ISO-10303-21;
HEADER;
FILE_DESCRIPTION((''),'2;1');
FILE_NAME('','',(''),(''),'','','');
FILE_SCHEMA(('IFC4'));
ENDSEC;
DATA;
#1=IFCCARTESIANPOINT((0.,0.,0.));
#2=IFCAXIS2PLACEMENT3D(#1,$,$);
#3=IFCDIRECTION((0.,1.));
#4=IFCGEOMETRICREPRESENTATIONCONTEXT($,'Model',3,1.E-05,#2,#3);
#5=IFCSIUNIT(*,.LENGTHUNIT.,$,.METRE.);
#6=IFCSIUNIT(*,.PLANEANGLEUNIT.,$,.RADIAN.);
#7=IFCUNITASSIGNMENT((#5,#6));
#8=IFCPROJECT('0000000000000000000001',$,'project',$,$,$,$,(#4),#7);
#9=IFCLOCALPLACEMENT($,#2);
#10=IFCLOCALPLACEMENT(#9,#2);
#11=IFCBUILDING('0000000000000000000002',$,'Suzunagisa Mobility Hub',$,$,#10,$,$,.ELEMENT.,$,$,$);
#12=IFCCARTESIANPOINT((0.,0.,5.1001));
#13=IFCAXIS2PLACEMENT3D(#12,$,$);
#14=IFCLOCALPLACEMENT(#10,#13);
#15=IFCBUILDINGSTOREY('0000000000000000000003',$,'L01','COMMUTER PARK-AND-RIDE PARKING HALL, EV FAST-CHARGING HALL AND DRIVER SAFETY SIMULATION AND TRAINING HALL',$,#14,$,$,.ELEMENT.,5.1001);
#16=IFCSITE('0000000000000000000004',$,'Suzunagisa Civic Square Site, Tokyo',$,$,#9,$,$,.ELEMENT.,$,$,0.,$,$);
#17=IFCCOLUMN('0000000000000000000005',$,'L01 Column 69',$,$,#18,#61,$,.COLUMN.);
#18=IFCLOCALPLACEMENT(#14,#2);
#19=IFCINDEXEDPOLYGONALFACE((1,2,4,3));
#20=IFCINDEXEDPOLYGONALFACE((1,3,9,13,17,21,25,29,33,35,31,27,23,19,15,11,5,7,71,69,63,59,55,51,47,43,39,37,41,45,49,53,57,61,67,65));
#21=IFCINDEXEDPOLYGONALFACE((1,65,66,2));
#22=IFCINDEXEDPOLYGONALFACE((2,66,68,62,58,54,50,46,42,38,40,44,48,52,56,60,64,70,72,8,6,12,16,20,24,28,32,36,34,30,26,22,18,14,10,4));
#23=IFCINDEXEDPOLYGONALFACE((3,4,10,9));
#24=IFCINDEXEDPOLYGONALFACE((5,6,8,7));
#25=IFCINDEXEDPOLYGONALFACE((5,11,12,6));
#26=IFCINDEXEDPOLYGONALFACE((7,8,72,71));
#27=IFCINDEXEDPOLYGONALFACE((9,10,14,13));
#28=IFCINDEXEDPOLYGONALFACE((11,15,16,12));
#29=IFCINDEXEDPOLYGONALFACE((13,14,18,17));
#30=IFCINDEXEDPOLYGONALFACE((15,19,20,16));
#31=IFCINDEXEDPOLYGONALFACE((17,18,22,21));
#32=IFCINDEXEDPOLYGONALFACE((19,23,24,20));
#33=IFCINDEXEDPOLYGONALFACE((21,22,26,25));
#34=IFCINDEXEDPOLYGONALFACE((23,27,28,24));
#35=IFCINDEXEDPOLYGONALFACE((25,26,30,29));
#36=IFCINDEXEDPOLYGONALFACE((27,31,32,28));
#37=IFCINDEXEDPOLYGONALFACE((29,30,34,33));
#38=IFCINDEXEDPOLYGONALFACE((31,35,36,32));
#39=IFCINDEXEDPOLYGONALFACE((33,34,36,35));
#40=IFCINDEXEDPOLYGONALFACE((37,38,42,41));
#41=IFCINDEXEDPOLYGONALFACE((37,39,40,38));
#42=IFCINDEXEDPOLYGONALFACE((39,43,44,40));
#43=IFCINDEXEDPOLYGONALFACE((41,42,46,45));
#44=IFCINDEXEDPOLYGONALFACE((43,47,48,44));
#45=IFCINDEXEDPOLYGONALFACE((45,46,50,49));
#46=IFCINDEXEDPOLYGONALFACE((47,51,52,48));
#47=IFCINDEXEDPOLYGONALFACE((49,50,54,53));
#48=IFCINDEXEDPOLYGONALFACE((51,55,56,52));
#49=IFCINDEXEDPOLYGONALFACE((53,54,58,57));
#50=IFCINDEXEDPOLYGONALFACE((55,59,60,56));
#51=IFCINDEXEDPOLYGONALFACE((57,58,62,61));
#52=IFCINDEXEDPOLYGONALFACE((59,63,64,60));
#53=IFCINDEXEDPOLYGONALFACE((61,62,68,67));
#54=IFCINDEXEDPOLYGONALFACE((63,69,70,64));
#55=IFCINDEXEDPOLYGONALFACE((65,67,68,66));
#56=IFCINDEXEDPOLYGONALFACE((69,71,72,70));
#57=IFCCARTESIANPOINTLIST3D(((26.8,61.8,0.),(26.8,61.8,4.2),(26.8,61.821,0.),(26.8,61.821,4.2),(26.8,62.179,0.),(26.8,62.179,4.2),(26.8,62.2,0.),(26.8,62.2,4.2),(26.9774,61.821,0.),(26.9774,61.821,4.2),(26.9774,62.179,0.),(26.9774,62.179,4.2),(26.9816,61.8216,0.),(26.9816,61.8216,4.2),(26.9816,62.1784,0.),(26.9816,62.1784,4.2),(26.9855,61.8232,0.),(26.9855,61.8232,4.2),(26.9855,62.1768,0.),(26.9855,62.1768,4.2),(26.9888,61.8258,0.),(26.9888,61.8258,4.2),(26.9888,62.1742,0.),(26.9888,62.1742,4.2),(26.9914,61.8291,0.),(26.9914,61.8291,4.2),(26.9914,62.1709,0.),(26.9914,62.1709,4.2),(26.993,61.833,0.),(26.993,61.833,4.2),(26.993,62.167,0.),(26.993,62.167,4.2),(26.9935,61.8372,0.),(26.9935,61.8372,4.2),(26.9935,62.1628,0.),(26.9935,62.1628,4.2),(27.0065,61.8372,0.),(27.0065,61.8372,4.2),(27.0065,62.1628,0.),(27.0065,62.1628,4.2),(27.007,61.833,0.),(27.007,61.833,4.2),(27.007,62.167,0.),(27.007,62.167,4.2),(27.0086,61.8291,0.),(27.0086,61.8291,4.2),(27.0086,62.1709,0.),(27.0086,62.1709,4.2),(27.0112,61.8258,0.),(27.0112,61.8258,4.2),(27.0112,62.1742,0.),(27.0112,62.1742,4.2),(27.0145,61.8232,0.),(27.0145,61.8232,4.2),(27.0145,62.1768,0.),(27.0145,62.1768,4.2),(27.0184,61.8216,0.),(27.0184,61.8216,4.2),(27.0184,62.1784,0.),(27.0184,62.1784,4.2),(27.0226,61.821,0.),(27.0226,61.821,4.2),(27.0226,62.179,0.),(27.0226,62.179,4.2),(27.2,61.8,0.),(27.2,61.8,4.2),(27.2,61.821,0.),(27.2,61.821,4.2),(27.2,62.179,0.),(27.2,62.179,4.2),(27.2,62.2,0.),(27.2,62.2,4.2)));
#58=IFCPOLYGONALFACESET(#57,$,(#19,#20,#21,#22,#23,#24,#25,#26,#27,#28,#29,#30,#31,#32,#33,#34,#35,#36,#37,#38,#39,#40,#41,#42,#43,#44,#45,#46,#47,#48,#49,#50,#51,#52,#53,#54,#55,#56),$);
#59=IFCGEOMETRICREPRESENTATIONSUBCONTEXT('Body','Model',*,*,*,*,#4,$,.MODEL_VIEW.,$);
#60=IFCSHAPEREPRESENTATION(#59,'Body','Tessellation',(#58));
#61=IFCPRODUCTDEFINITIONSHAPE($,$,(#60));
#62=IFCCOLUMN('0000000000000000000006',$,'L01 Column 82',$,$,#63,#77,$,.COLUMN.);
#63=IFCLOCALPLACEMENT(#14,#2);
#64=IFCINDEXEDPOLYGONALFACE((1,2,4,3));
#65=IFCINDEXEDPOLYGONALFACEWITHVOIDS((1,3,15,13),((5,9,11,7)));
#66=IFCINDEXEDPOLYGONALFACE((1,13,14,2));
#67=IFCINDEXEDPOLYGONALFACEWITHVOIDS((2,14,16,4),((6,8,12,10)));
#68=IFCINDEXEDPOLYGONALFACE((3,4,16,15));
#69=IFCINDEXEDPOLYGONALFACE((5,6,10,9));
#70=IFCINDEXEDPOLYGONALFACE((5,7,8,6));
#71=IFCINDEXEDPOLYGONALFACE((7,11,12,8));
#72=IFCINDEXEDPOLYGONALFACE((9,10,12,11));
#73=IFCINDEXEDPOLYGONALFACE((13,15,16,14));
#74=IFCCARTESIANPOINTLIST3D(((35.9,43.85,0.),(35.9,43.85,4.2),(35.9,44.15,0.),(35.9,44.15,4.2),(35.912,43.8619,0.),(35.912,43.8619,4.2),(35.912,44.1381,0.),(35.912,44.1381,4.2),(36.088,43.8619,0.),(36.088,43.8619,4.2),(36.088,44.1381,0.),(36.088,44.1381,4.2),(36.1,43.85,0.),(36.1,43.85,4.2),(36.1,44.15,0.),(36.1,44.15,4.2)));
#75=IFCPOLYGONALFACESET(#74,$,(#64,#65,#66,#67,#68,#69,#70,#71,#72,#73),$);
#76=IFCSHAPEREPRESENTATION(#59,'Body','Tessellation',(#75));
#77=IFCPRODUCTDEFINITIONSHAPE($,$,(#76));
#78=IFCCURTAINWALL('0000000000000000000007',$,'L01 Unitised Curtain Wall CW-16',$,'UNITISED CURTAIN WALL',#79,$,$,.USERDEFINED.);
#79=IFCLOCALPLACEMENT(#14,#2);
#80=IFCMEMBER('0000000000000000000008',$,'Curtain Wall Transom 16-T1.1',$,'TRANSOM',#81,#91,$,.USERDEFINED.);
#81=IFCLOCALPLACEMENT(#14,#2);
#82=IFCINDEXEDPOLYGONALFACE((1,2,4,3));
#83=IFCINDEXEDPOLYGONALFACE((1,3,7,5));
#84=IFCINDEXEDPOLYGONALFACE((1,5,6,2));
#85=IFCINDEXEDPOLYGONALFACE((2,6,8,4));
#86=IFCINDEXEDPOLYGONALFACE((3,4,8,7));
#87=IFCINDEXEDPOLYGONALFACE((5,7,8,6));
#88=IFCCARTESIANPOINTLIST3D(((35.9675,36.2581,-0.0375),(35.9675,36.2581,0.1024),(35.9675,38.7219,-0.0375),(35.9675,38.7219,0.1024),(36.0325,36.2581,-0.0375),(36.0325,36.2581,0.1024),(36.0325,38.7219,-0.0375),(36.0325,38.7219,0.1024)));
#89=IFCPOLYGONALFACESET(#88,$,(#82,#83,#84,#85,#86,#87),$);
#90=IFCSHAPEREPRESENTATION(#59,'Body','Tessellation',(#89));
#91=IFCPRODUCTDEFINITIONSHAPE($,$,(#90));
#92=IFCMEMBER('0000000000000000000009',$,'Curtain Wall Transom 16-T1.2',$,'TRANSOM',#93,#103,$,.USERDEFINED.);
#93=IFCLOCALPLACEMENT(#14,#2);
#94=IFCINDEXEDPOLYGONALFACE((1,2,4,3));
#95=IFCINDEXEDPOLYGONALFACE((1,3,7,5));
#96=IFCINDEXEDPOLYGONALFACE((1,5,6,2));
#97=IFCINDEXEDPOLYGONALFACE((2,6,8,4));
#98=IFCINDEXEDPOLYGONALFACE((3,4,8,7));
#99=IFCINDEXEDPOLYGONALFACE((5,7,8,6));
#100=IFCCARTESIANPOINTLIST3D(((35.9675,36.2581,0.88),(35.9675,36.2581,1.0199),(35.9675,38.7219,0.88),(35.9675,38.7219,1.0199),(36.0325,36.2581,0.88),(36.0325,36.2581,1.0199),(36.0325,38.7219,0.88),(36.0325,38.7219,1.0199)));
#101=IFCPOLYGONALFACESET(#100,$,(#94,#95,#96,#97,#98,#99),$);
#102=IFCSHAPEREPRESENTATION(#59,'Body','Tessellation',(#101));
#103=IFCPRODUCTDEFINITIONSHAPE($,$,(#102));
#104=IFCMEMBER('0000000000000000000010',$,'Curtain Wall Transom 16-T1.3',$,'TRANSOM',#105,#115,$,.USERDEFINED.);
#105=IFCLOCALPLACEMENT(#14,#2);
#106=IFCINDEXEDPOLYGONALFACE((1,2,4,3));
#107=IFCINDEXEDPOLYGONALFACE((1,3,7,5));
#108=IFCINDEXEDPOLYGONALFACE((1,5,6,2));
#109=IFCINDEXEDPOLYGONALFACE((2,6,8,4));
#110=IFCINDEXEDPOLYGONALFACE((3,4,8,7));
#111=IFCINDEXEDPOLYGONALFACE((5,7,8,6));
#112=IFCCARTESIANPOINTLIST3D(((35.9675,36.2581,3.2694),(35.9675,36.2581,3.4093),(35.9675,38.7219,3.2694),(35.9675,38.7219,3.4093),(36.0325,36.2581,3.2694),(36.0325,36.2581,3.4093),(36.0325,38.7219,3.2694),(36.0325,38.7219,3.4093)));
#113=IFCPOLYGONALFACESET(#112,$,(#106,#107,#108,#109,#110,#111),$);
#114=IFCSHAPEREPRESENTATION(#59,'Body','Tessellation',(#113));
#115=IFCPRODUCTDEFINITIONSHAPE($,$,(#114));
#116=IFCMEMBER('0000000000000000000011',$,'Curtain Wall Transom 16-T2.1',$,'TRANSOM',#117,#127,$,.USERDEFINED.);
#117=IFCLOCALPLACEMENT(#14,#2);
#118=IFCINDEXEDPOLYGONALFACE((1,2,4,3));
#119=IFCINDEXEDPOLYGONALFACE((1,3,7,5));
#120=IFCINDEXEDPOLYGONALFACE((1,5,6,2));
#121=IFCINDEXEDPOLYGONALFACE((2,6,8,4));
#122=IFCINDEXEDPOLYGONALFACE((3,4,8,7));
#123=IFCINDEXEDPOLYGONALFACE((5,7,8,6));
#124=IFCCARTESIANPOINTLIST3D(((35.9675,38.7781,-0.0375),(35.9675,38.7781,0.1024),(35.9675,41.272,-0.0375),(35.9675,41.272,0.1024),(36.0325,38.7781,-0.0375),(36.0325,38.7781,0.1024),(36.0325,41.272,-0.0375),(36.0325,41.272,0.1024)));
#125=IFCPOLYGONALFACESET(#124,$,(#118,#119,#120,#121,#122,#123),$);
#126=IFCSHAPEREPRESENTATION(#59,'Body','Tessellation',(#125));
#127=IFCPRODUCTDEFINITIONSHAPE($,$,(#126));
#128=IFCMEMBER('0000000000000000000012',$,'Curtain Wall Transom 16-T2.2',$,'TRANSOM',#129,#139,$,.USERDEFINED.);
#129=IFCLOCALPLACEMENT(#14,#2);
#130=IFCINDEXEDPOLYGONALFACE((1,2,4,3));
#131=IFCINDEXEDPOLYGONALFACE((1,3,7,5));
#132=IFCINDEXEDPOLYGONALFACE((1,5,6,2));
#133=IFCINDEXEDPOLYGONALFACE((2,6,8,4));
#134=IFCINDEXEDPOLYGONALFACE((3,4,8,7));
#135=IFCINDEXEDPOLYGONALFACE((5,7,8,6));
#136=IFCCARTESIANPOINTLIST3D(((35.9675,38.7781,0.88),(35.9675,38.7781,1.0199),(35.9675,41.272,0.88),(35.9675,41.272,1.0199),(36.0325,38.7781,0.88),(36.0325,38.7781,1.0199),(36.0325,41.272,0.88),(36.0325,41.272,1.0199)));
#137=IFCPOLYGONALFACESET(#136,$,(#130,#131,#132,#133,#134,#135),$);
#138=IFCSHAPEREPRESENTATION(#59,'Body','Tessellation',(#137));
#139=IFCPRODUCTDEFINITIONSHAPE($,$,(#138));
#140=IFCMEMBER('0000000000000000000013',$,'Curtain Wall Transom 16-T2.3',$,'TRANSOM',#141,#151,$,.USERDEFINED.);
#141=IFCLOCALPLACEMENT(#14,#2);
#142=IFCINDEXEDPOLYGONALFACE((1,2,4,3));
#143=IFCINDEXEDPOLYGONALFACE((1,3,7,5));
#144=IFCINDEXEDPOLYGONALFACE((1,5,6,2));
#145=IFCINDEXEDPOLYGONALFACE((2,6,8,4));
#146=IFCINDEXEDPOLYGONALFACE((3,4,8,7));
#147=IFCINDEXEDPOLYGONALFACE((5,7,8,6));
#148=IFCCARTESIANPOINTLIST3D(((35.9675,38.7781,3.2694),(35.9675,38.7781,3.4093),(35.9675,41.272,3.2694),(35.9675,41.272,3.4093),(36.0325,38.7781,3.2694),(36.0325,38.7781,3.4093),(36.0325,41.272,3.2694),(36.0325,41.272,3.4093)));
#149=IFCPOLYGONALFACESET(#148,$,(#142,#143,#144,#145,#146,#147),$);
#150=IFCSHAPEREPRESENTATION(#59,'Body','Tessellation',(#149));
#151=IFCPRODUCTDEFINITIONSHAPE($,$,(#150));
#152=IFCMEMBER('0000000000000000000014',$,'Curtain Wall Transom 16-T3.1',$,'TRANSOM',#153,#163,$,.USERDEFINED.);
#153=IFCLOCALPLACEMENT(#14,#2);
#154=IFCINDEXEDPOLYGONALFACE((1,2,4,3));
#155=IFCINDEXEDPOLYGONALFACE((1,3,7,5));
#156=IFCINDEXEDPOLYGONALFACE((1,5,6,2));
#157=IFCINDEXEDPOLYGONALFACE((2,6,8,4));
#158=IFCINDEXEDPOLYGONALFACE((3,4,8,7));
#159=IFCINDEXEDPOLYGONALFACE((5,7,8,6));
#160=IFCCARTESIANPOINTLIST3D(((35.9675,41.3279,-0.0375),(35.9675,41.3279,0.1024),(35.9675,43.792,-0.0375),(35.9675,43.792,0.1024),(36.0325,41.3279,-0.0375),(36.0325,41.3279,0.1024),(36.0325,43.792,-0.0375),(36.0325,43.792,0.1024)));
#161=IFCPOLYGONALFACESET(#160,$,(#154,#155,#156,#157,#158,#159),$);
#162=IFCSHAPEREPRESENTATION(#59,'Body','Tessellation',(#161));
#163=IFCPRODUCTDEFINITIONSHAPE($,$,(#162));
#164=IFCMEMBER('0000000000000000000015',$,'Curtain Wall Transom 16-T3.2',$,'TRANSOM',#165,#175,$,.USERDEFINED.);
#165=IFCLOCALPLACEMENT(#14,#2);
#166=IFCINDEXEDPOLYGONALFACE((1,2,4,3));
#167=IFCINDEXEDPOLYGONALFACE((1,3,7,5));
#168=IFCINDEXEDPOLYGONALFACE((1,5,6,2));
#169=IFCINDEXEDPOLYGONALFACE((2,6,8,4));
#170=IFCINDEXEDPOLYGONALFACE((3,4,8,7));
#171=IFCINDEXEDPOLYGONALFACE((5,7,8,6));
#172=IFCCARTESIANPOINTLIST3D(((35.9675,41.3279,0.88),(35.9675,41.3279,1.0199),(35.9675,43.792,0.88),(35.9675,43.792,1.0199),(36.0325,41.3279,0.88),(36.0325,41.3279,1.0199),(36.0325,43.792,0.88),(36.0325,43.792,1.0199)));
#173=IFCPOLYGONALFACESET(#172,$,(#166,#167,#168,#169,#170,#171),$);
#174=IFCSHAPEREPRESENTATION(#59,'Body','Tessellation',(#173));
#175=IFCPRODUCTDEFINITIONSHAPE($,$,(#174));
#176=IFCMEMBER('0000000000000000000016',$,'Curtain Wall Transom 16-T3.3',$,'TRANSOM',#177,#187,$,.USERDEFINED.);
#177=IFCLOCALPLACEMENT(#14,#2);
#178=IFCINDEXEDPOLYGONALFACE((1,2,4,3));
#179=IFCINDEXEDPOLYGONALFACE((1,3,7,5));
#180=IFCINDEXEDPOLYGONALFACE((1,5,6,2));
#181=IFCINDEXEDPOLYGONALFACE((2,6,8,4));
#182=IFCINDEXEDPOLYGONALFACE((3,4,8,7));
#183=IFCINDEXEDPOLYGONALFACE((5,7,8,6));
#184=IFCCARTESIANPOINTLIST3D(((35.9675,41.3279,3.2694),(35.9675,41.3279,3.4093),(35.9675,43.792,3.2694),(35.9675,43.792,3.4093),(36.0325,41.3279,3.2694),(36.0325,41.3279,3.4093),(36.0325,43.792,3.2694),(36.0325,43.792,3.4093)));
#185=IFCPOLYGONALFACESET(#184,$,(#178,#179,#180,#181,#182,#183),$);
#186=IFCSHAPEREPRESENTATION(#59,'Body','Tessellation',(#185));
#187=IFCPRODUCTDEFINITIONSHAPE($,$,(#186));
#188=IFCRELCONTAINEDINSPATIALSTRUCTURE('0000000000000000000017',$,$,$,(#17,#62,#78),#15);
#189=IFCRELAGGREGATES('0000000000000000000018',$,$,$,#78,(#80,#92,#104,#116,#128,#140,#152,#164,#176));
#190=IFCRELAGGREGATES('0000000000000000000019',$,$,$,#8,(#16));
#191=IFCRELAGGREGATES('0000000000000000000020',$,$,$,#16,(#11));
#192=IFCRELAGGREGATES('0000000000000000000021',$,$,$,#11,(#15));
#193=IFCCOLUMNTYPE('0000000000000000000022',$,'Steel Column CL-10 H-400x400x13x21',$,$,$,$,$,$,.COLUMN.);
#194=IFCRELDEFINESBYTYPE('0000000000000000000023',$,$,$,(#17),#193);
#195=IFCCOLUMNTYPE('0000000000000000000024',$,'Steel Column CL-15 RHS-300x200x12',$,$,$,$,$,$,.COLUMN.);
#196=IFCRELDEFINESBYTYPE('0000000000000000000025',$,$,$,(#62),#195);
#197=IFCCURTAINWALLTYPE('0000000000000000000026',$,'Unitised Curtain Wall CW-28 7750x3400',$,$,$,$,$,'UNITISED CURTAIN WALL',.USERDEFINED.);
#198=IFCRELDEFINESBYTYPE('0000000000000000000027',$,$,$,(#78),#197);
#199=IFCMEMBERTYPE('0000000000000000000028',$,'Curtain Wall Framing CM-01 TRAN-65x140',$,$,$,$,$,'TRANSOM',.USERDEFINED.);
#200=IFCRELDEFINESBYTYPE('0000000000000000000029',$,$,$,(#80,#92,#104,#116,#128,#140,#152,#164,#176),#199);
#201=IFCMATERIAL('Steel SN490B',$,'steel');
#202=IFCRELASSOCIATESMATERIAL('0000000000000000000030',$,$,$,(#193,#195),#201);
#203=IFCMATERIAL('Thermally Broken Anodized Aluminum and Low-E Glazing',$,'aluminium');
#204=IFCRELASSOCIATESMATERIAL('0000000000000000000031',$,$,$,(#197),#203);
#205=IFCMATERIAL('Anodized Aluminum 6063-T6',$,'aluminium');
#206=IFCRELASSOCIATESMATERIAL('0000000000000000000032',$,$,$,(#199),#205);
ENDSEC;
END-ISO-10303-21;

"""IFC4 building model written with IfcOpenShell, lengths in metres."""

from ifc_helpers import new_model, si_unit, direction, frame, origin, origin_2d, place, context, subcontext, project, spatial, rectangle, hollow_rectangle, i_section, extrude, material, material_profile, profile_set, type_object, element, aggregate, save


model = new_model("IFC4")

# Units and contexts
model_context = context("Model", 3, precision=1e-05, world=origin(), true_north=direction((0.0, 1.0)))
body_context = subcontext(model_context, "Body", "Model", "MODEL_VIEW")
ifc_project = project(units=[si_unit("LENGTHUNIT", "METRE"), si_unit("PLANEANGLEUNIT", "RADIAN")], contexts=[model_context])

# Site, building, storey
site_placement = place(None, origin())
site = spatial("IfcSite", under=ifc_project, at=site_placement, Name="Suzunagisa Civic Square Site, Tokyo", CompositionType="ELEMENT", RefElevation=0.0)
building_placement = place(site_placement, origin())
building = spatial("IfcBuilding", under=site, at=building_placement, Name="Suzunagisa Mobility Hub", CompositionType="ELEMENT")
storey_placement = place(building_placement, frame((0.0, 0.0, 5.1001)))
storey = spatial("IfcBuildingStorey", under=building, at=storey_placement, Name="L01", Description="COMMUTER PARK-AND-RIDE PARKING HALL, EV FAST-CHARGING HALL AND DRIVER SAFETY SIMULATION AND TRAINING HALL", CompositionType="ELEMENT", Elevation=5.1001)

# Columns
ifc_material_1 = material(Name="Steel SN490B", Category="steel")
ifc_material_profile_1 = material_profile(ifc_material_1, i_section(OverallWidth=0.3999, OverallDepth=0.3999, WebThickness=0.0129, FlangeThickness=0.021, FilletRadius=0.0161, at=origin_2d()), Name="H-400x400x13x21")
ifc_profile_set_1 = profile_set([ifc_material_profile_1], Name="Steel SN490B")
column_type_1 = type_object("IfcColumnType", Name="Steel Column CL-10 H-400x400x13x21", PredefinedType="COLUMN", material=ifc_profile_set_1)
column_1_placement = place(storey_placement, frame((27.0, 62.0, 0.0), z_axis=(0.0, 0.0, 1.0), x_axis=(1.0, 0.0, 0.0)))
element("IfcColumn", 1, at=column_1_placement, inside=storey, type_object=column_type_1, Name="L01 Column 69", PredefinedType="COLUMN", context=body_context, shape_type="SweptSolid", body=[
    extrude(i_section(OverallWidth=0.3999, OverallDepth=0.3999, WebThickness=0.0129, FlangeThickness=0.021, FilletRadius=0.0161, at=origin_2d()), origin(), (0.0, 0.0, 1.0), 4.2),
])
ifc_material_profile_2 = material_profile(ifc_material_1, hollow_rectangle(XDim=0.2, YDim=0.3, WallThickness=0.012, at=origin_2d()), Name="RHS-300x200x12")
ifc_profile_set_2 = profile_set([ifc_material_profile_2], Name="Steel SN490B")
column_type_2 = type_object("IfcColumnType", Name="Steel Column CL-15 RHS-300x200x12", PredefinedType="COLUMN", material=ifc_profile_set_2)
column_2_placement = place(storey_placement, frame((36.0, 44.0, 0.0), z_axis=(0.0, 0.0, 1.0), x_axis=(1.0, 0.0, 0.0)))
element("IfcColumn", 2, at=column_2_placement, inside=storey, type_object=column_type_2, Name="L01 Column 82", PredefinedType="COLUMN", context=body_context, shape_type="SweptSolid", body=[
    extrude(hollow_rectangle(XDim=0.2, YDim=0.3, WallThickness=0.012, at=origin_2d()), origin(), (0.0, 0.0, 1.0), 4.2),
])

# Curtain wall, members
ifc_material_2 = material(Name="Thermally Broken Anodized Aluminum and Low-E Glazing", Category="aluminium")
curtain_wall_type = type_object("IfcCurtainWallType", Name="Unitised Curtain Wall CW-28 7750x3400", ElementType="UNITISED CURTAIN WALL", PredefinedType="USERDEFINED", material=ifc_material_2)
curtain_wall_placement = place(storey_placement, origin())
curtain_wall = element("IfcCurtainWall", 3, at=curtain_wall_placement, inside=storey, type_object=curtain_wall_type, Name="L01 Unitised Curtain Wall CW-16", ObjectType="UNITISED CURTAIN WALL", PredefinedType="USERDEFINED")
ifc_material_3 = material(Name="Anodized Aluminum 6063-T6", Category="aluminium")
ifc_material_profile_3 = material_profile(ifc_material_3, rectangle(XDim=0.0649, YDim=0.1399, at=origin_2d()), Name="TRAN-65x140")
ifc_profile_set_3 = profile_set([ifc_material_profile_3], Name="Anodized Aluminum 6063-T6")
member_type_1 = type_object("IfcMemberType", Name="Curtain Wall Framing CM-01 TRAN-65x140", ElementType="TRANSOM", PredefinedType="USERDEFINED", material=ifc_profile_set_3)
member_1_placement = place(storey_placement, frame((36.0, 36.2581, 0.0325), z_axis=(0.0, 1.0, 0.0), x_axis=(-1.0, 0.0, 0.0)))
member_1 = element("IfcMember", 4, at=member_1_placement, type_object=member_type_1, Name="Curtain Wall Transom 16-T1.1", ObjectType="TRANSOM", PredefinedType="USERDEFINED", context=body_context, shape_type="SweptSolid", body=[
    extrude(rectangle(XDim=0.0649, YDim=0.1399, at=origin_2d()), origin(), (0.0, 0.0, 1.0), 2.4639),
])
member_2_placement = place(storey_placement, frame((36.0, 36.2581, 0.95), z_axis=(0.0, 1.0, 0.0), x_axis=(-1.0, 0.0, 0.0)))
member_2 = element("IfcMember", 5, at=member_2_placement, type_object=member_type_1, Name="Curtain Wall Transom 16-T1.2", ObjectType="TRANSOM", PredefinedType="USERDEFINED", context=body_context, shape_type="SweptSolid", body=[
    extrude(rectangle(XDim=0.0649, YDim=0.1399, at=origin_2d()), origin(), (0.0, 0.0, 1.0), 2.4639),
])
member_3_placement = place(storey_placement, frame((36.0, 36.2581, 3.3394), z_axis=(0.0, 1.0, 0.0), x_axis=(-1.0, 0.0, 0.0)))
member_3 = element("IfcMember", 6, at=member_3_placement, type_object=member_type_1, Name="Curtain Wall Transom 16-T1.3", ObjectType="TRANSOM", PredefinedType="USERDEFINED", context=body_context, shape_type="SweptSolid", body=[
    extrude(rectangle(XDim=0.0649, YDim=0.1399, at=origin_2d()), origin(), (0.0, 0.0, 1.0), 2.4639),
])
member_4_placement = place(storey_placement, frame((36.0, 38.7781, 0.0325), z_axis=(0.0, 1.0, 0.0), x_axis=(-1.0, 0.0, 0.0)))
member_4 = element("IfcMember", 7, at=member_4_placement, type_object=member_type_1, Name="Curtain Wall Transom 16-T2.1", ObjectType="TRANSOM", PredefinedType="USERDEFINED", context=body_context, shape_type="SweptSolid", body=[
    extrude(rectangle(XDim=0.0649, YDim=0.1399, at=origin_2d()), origin(), (0.0, 0.0, 1.0), 2.4939),
])
member_5_placement = place(storey_placement, frame((36.0, 38.7781, 0.95), z_axis=(0.0, 1.0, 0.0), x_axis=(-1.0, 0.0, 0.0)))
member_5 = element("IfcMember", 8, at=member_5_placement, type_object=member_type_1, Name="Curtain Wall Transom 16-T2.2", ObjectType="TRANSOM", PredefinedType="USERDEFINED", context=body_context, shape_type="SweptSolid", body=[
    extrude(rectangle(XDim=0.0649, YDim=0.1399, at=origin_2d()), origin(), (0.0, 0.0, 1.0), 2.4939),
])
member_6_placement = place(storey_placement, frame((36.0, 38.7781, 3.3394), z_axis=(0.0, 1.0, 0.0), x_axis=(-1.0, 0.0, 0.0)))
member_6 = element("IfcMember", 9, at=member_6_placement, type_object=member_type_1, Name="Curtain Wall Transom 16-T2.3", ObjectType="TRANSOM", PredefinedType="USERDEFINED", context=body_context, shape_type="SweptSolid", body=[
    extrude(rectangle(XDim=0.0649, YDim=0.1399, at=origin_2d()), origin(), (0.0, 0.0, 1.0), 2.4939),
])
member_7_placement = place(storey_placement, frame((36.0, 41.3279, 0.0325), z_axis=(0.0, 1.0, 0.0), x_axis=(-1.0, 0.0, 0.0)))
member_7 = element("IfcMember", 10, at=member_7_placement, type_object=member_type_1, Name="Curtain Wall Transom 16-T3.1", ObjectType="TRANSOM", PredefinedType="USERDEFINED", context=body_context, shape_type="SweptSolid", body=[
    extrude(rectangle(XDim=0.0649, YDim=0.1399, at=origin_2d()), origin(), (0.0, 0.0, 1.0), 2.4641),
])
member_8_placement = place(storey_placement, frame((36.0, 41.3279, 0.95), z_axis=(0.0, 1.0, 0.0), x_axis=(-1.0, 0.0, 0.0)))
member_8 = element("IfcMember", 11, at=member_8_placement, type_object=member_type_1, Name="Curtain Wall Transom 16-T3.2", ObjectType="TRANSOM", PredefinedType="USERDEFINED", context=body_context, shape_type="SweptSolid", body=[
    extrude(rectangle(XDim=0.0649, YDim=0.1399, at=origin_2d()), origin(), (0.0, 0.0, 1.0), 2.4641),
])
member_9_placement = place(storey_placement, frame((36.0, 41.3279, 3.3394), z_axis=(0.0, 1.0, 0.0), x_axis=(-1.0, 0.0, 0.0)))
member_9 = element("IfcMember", 12, at=member_9_placement, type_object=member_type_1, Name="Curtain Wall Transom 16-T3.3", ObjectType="TRANSOM", PredefinedType="USERDEFINED", context=body_context, shape_type="SweptSolid", body=[
    extrude(rectangle(XDim=0.0649, YDim=0.1399, at=origin_2d()), origin(), (0.0, 0.0, 1.0), 2.4641),
])

aggregate(curtain_wall, [member_1, member_2, member_3, member_4, member_5, member_6, member_7, member_8, member_9])

save(model, "model.ifc")
